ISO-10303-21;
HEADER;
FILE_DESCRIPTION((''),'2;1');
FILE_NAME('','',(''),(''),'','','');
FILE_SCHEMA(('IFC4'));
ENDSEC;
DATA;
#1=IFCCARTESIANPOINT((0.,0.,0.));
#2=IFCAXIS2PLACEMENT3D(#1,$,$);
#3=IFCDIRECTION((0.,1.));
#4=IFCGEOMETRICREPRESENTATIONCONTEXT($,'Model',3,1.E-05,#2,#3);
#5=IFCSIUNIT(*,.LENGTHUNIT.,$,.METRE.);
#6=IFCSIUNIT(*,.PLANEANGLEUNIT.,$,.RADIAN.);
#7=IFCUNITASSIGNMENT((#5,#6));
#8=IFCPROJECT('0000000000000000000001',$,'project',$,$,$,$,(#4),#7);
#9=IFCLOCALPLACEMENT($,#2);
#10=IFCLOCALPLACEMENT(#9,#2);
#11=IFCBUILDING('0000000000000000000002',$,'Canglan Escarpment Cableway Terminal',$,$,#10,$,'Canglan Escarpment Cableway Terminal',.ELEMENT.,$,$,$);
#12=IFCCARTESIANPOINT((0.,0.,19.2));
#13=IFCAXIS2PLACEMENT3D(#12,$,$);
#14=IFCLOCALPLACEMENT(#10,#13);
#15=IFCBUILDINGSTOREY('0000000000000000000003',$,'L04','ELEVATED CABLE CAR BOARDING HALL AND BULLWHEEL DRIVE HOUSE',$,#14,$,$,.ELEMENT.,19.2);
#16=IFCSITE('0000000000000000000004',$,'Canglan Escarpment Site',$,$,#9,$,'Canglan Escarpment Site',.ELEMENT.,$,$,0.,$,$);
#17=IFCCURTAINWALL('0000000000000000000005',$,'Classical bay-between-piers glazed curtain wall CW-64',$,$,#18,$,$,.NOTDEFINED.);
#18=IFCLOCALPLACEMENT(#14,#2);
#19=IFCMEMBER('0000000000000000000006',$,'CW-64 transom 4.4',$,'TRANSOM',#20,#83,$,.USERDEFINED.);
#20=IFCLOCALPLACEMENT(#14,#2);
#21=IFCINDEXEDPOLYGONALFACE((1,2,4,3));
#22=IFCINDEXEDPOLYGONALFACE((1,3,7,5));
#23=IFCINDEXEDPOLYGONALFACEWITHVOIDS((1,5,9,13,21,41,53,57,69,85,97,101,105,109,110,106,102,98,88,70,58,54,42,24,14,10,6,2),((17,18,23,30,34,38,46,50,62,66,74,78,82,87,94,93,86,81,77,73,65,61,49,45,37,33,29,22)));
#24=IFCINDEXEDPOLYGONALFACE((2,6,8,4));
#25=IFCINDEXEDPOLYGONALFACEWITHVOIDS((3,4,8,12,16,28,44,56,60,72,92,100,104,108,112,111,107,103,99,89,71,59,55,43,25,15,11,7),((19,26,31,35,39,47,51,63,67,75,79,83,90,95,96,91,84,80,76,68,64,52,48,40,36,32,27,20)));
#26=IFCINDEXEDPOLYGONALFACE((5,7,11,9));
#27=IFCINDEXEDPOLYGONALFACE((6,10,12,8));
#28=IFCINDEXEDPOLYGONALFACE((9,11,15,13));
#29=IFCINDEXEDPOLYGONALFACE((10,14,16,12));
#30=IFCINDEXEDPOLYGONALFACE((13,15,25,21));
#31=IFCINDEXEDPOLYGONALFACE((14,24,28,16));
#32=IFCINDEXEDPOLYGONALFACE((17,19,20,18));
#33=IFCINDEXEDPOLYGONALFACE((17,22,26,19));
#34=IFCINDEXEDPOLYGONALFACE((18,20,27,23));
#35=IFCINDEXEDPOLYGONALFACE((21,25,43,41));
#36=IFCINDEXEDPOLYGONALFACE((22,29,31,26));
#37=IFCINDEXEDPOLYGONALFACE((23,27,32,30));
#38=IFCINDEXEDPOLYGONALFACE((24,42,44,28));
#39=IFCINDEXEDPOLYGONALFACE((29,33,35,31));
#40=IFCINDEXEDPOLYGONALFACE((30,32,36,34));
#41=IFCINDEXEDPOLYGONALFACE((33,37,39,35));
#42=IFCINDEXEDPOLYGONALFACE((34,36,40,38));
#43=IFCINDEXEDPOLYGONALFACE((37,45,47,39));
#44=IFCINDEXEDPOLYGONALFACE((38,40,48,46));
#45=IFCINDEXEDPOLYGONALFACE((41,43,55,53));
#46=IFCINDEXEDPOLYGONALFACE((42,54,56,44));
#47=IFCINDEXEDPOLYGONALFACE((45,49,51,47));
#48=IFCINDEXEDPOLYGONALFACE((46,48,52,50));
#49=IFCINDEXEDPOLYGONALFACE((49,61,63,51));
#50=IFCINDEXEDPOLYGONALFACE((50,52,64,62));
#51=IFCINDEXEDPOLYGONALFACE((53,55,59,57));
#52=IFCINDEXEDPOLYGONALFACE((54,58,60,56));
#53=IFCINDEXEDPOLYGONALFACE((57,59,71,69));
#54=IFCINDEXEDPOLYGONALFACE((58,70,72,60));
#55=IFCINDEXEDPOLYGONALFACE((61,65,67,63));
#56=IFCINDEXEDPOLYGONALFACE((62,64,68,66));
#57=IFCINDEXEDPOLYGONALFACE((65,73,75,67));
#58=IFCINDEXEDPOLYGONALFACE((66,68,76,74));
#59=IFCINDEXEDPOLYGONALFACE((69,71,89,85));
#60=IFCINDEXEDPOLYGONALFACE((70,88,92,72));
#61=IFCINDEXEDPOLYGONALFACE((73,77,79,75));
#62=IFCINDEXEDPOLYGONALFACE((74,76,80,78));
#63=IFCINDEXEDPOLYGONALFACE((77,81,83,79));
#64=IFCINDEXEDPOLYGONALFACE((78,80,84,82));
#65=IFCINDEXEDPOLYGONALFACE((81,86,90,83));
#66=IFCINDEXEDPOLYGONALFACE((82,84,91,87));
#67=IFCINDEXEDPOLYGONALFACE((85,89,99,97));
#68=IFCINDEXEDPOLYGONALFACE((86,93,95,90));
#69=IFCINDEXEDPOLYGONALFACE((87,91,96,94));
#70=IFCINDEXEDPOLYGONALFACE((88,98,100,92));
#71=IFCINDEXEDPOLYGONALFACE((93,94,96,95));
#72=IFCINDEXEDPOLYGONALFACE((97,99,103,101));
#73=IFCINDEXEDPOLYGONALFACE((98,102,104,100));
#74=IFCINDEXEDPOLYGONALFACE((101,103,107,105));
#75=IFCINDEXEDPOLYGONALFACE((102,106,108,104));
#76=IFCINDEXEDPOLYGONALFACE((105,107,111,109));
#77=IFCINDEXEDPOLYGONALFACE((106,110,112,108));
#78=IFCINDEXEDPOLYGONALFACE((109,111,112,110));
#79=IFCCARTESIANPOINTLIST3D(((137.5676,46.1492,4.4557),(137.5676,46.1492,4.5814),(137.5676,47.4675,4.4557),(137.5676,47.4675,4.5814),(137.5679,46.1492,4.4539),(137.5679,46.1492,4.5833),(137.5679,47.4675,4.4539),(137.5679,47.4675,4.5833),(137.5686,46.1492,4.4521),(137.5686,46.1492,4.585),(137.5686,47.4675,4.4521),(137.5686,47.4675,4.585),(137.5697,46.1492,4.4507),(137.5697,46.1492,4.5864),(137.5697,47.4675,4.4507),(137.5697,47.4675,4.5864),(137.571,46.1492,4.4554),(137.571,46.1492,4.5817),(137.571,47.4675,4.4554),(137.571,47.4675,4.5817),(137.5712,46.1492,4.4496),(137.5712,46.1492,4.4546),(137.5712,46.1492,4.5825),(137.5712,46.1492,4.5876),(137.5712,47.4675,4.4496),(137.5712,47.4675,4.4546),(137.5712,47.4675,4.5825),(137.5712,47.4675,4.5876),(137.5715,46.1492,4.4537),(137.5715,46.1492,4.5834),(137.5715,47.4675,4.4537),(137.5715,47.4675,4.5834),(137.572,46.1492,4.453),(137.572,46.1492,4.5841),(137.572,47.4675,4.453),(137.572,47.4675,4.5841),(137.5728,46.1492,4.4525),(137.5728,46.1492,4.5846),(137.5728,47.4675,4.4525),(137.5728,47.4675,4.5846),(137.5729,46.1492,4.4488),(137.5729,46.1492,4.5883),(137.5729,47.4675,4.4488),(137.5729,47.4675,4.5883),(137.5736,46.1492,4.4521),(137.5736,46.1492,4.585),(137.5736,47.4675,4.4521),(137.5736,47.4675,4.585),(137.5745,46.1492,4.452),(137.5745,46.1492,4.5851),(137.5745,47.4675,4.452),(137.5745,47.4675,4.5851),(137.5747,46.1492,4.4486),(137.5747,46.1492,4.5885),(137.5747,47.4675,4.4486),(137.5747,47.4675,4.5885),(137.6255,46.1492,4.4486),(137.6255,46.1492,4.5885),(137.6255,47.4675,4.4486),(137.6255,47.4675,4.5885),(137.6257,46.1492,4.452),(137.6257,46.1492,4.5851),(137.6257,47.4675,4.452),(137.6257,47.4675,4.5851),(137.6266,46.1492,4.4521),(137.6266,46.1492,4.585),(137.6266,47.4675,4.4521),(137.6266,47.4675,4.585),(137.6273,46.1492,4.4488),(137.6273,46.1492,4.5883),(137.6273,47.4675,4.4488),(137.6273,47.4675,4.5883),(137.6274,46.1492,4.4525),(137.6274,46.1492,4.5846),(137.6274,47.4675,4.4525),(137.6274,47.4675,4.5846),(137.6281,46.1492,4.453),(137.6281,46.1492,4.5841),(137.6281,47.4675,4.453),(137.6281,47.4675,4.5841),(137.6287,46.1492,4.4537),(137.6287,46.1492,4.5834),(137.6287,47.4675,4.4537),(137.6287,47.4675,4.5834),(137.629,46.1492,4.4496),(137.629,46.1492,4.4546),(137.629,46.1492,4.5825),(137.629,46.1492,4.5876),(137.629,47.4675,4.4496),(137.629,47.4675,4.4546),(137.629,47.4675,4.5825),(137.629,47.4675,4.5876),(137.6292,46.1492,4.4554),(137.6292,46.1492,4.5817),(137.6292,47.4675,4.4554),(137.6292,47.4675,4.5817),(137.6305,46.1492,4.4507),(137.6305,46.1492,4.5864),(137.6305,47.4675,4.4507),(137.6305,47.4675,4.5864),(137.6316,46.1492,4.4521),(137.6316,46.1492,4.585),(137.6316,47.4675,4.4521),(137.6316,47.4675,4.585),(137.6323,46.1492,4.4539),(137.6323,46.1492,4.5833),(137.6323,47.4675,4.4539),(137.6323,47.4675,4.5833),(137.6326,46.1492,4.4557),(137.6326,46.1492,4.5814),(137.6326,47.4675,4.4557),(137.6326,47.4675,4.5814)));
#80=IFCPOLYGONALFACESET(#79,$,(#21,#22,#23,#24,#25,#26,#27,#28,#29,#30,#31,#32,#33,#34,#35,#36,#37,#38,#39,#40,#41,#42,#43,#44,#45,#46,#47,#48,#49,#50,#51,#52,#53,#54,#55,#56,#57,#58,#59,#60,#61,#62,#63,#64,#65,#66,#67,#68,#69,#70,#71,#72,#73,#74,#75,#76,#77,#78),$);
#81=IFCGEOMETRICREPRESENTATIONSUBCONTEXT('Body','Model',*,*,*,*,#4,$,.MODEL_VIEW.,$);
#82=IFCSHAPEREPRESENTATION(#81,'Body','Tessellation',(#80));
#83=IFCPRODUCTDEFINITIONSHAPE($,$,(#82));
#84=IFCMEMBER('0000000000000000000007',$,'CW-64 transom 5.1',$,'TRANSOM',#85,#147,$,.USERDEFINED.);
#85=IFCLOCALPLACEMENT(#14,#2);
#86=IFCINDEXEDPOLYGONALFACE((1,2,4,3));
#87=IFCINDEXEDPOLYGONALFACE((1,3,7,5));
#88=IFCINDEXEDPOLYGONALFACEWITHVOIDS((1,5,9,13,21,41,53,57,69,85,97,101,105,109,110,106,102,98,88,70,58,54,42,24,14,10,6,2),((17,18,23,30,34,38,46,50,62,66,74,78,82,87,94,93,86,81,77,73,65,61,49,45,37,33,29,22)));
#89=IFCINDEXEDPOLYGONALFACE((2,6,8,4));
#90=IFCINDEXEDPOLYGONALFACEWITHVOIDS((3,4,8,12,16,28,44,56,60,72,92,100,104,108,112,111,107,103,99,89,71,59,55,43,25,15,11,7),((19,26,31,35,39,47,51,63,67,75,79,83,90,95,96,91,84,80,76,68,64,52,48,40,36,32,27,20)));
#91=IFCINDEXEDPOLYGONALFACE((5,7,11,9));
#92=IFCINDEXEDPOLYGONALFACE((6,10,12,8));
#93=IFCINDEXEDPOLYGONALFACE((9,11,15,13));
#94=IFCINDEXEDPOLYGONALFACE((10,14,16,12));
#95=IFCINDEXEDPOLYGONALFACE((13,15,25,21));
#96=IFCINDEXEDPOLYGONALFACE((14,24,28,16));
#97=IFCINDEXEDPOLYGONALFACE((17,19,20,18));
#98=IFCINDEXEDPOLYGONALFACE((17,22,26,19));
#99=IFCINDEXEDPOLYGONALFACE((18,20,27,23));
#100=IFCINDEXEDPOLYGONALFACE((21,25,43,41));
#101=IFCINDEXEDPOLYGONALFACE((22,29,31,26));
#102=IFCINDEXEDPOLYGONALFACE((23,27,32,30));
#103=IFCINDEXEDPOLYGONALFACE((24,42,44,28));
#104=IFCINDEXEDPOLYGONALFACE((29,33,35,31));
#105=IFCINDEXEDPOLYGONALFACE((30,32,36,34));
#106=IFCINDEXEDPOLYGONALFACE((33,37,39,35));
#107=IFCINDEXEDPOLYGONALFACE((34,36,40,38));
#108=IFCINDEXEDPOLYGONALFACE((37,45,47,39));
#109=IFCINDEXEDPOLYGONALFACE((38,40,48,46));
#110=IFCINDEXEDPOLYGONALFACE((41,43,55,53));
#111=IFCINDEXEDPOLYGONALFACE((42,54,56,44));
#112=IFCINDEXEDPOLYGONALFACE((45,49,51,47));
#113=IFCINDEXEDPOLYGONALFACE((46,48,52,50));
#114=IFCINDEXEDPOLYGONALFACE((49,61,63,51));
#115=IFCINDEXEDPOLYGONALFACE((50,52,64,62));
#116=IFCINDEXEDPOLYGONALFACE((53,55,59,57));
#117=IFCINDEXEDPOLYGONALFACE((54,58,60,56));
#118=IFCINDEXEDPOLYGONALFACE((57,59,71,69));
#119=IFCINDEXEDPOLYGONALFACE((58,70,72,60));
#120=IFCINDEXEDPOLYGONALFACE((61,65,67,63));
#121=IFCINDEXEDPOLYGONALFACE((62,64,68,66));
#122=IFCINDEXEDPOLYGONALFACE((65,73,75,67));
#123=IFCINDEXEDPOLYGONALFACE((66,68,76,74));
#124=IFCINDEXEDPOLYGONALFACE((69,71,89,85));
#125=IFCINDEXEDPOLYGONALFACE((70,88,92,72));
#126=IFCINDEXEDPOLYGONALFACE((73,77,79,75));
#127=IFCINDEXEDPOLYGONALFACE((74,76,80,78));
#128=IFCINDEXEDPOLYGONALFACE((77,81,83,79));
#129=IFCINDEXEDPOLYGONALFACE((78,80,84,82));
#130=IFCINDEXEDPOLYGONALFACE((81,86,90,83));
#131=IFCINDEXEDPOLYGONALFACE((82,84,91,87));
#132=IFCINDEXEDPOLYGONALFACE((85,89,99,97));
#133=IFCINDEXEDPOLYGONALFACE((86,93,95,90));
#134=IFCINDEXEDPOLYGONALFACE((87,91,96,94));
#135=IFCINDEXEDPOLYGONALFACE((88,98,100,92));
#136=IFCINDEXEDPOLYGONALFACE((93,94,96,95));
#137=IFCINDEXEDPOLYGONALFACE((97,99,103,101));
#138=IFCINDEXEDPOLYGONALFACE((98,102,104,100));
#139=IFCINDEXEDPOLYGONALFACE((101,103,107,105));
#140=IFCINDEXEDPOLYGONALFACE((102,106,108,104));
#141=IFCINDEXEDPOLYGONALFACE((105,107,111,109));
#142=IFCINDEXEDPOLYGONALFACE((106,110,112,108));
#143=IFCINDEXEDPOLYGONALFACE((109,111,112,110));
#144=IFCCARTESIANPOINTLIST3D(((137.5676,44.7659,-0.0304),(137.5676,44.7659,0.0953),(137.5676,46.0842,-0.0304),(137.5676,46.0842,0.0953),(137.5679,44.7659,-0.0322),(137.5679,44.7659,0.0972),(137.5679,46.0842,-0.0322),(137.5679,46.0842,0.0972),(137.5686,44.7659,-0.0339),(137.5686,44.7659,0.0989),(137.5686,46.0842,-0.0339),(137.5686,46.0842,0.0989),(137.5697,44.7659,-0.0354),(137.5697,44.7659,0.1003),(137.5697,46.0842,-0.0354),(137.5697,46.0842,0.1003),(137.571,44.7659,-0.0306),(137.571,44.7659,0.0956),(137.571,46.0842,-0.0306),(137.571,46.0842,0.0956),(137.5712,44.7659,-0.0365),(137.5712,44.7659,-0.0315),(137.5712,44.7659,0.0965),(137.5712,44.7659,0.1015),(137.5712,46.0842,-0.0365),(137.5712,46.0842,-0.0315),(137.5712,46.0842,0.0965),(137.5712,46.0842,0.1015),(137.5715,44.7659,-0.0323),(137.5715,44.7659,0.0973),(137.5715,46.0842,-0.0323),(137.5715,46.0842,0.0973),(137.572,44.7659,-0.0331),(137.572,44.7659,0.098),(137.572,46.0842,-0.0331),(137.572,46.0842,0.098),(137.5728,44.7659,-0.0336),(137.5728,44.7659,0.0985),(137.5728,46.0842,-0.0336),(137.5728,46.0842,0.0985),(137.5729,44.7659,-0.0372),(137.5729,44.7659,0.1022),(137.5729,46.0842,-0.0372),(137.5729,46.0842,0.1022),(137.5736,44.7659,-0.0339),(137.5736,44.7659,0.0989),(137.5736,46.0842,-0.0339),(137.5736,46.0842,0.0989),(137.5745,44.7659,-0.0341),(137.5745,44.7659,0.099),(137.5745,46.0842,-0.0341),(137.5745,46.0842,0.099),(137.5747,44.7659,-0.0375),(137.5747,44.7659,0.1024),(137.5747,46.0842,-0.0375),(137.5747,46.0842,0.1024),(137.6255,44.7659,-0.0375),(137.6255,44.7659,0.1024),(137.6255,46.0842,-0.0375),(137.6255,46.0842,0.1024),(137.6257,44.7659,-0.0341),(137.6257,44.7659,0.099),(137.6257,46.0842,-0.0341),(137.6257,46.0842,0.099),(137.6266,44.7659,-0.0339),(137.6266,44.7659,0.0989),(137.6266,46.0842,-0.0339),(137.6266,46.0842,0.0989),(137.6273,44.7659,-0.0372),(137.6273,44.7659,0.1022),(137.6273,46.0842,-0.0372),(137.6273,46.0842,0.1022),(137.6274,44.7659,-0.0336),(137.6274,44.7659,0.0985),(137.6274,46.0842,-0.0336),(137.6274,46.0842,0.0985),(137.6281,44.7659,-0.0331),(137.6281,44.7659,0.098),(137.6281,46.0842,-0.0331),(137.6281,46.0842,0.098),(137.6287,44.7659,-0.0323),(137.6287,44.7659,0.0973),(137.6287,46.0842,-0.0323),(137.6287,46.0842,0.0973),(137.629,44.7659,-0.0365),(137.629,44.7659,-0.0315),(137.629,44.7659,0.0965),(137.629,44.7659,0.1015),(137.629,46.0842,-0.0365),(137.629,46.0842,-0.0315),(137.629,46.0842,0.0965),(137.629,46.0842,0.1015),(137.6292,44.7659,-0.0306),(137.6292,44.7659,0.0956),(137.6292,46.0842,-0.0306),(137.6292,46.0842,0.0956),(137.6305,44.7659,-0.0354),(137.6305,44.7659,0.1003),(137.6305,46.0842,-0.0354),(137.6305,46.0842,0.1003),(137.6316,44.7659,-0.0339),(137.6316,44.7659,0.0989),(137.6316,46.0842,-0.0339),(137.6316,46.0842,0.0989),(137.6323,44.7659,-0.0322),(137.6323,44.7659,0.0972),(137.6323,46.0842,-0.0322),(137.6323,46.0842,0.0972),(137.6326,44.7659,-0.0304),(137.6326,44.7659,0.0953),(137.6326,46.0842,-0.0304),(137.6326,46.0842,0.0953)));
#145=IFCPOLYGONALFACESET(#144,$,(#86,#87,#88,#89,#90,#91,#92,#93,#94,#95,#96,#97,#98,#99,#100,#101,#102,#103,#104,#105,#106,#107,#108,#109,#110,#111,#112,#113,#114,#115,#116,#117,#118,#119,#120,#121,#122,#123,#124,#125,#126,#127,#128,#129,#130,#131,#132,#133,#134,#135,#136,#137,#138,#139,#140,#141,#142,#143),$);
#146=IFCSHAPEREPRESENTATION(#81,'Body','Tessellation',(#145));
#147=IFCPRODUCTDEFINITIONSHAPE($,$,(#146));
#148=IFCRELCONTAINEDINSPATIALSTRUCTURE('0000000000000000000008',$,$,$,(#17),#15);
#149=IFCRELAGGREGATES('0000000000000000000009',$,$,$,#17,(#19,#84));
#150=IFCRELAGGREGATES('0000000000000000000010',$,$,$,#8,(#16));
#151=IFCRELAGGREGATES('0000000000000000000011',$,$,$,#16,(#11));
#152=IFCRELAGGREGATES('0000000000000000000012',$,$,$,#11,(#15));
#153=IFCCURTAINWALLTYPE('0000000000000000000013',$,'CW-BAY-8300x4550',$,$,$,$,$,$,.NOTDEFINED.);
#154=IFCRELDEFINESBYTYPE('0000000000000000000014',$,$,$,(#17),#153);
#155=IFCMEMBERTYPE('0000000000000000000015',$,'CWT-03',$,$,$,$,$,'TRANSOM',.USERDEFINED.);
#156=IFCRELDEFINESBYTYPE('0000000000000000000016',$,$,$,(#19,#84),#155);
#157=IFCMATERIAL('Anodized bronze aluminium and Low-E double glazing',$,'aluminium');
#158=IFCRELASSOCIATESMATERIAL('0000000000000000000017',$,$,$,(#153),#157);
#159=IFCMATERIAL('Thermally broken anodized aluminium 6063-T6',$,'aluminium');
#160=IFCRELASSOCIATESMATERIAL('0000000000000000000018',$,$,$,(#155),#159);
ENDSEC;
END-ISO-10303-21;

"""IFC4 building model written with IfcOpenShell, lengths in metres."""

from ifc_helpers import new_model, si_unit, direction, frame, origin, origin_2d, place, context, subcontext, project, spatial, hollow_rectangle, extrude, material, material_profile, profile_set, type_object, element, aggregate, save


model = new_model("IFC4")

# Units and contexts
model_context = context("Model", 3, precision=1e-05, world=origin(), true_north=direction((0.0, 1.0)))
body_context = subcontext(model_context, "Body", "Model", "MODEL_VIEW")
ifc_project = project(units=[si_unit("LENGTHUNIT", "METRE"), si_unit("PLANEANGLEUNIT", "RADIAN")], contexts=[model_context])

# Site, building, storey
site_placement = place(None, origin())
site = spatial("IfcSite", under=ifc_project, at=site_placement, Name="Canglan Escarpment Site", LongName="Canglan Escarpment Site", CompositionType="ELEMENT", RefElevation=0.0)
building_placement = place(site_placement, origin())
building = spatial("IfcBuilding", under=site, at=building_placement, Name="Canglan Escarpment Cableway Terminal", LongName="Canglan Escarpment Cableway Terminal", CompositionType="ELEMENT")
storey_placement = place(building_placement, frame((0.0, 0.0, 19.2)))
storey = spatial("IfcBuildingStorey", under=building, at=storey_placement, Name="L04", Description="ELEVATED CABLE CAR BOARDING HALL AND BULLWHEEL DRIVE HOUSE", CompositionType="ELEMENT", Elevation=19.2)

# Curtain wall, members
ifc_material_1 = material(Name="Anodized bronze aluminium and Low-E double glazing", Category="aluminium")
curtain_wall_type = type_object("IfcCurtainWallType", Name="CW-BAY-8300x4550", PredefinedType="NOTDEFINED", material=ifc_material_1)
curtain_wall_placement = place(storey_placement, origin())
curtain_wall = element("IfcCurtainWall", 1, at=curtain_wall_placement, inside=storey, type_object=curtain_wall_type, Name="Classical bay-between-piers glazed curtain wall CW-64", PredefinedType="NOTDEFINED")
ifc_material_2 = material(Name="Thermally broken anodized aluminium 6063-T6", Category="aluminium")
ifc_material_profile_1 = material_profile(ifc_material_2, hollow_rectangle(XDim=0.0649, YDim=0.1399, WallThickness=0.0034, InnerFilletRadius=0.0034, OuterFilletRadius=0.0071, at=origin_2d()), Name="ALU-TRAN 65x140x3.5")
ifc_profile_set_1 = profile_set([ifc_material_profile_1], Name="Thermally broken anodized aluminium 6063-T6")
member_type_1 = type_object("IfcMemberType", Name="CWT-03", ElementType="TRANSOM", PredefinedType="USERDEFINED", material=ifc_profile_set_1)
member_1_placement = place(storey_placement, frame((137.6001, 47.4675, 4.5186), z_axis=(0.0, -1.0, 0.0), x_axis=(1.0, 0.0, 0.0)))
member_1 = element("IfcMember", 2, at=member_1_placement, type_object=member_type_1, Name="CW-64 transom 4.4", ObjectType="TRANSOM", PredefinedType="USERDEFINED", context=body_context, shape_type="SweptSolid", body=[
    extrude(hollow_rectangle(XDim=0.0649, YDim=0.1399, WallThickness=0.0034, InnerFilletRadius=0.0034, OuterFilletRadius=0.0071, at=origin_2d()), origin(), (0.0, 0.0, 1.0), 1.3184),
])
member_2_placement = place(storey_placement, frame((137.6001, 46.0842, 0.0325), z_axis=(0.0, -1.0, 0.0), x_axis=(1.0, 0.0, 0.0)))
member_2 = element("IfcMember", 3, at=member_2_placement, type_object=member_type_1, Name="CW-64 transom 5.1", ObjectType="TRANSOM", PredefinedType="USERDEFINED", context=body_context, shape_type="SweptSolid", body=[
    extrude(hollow_rectangle(XDim=0.0649, YDim=0.1399, WallThickness=0.0034, InnerFilletRadius=0.0034, OuterFilletRadius=0.0071, at=origin_2d()), origin(), (0.0, 0.0, 1.0), 1.3184),
])
aggregate(curtain_wall, [member_1, member_2])

save(model, "model.ifc")
